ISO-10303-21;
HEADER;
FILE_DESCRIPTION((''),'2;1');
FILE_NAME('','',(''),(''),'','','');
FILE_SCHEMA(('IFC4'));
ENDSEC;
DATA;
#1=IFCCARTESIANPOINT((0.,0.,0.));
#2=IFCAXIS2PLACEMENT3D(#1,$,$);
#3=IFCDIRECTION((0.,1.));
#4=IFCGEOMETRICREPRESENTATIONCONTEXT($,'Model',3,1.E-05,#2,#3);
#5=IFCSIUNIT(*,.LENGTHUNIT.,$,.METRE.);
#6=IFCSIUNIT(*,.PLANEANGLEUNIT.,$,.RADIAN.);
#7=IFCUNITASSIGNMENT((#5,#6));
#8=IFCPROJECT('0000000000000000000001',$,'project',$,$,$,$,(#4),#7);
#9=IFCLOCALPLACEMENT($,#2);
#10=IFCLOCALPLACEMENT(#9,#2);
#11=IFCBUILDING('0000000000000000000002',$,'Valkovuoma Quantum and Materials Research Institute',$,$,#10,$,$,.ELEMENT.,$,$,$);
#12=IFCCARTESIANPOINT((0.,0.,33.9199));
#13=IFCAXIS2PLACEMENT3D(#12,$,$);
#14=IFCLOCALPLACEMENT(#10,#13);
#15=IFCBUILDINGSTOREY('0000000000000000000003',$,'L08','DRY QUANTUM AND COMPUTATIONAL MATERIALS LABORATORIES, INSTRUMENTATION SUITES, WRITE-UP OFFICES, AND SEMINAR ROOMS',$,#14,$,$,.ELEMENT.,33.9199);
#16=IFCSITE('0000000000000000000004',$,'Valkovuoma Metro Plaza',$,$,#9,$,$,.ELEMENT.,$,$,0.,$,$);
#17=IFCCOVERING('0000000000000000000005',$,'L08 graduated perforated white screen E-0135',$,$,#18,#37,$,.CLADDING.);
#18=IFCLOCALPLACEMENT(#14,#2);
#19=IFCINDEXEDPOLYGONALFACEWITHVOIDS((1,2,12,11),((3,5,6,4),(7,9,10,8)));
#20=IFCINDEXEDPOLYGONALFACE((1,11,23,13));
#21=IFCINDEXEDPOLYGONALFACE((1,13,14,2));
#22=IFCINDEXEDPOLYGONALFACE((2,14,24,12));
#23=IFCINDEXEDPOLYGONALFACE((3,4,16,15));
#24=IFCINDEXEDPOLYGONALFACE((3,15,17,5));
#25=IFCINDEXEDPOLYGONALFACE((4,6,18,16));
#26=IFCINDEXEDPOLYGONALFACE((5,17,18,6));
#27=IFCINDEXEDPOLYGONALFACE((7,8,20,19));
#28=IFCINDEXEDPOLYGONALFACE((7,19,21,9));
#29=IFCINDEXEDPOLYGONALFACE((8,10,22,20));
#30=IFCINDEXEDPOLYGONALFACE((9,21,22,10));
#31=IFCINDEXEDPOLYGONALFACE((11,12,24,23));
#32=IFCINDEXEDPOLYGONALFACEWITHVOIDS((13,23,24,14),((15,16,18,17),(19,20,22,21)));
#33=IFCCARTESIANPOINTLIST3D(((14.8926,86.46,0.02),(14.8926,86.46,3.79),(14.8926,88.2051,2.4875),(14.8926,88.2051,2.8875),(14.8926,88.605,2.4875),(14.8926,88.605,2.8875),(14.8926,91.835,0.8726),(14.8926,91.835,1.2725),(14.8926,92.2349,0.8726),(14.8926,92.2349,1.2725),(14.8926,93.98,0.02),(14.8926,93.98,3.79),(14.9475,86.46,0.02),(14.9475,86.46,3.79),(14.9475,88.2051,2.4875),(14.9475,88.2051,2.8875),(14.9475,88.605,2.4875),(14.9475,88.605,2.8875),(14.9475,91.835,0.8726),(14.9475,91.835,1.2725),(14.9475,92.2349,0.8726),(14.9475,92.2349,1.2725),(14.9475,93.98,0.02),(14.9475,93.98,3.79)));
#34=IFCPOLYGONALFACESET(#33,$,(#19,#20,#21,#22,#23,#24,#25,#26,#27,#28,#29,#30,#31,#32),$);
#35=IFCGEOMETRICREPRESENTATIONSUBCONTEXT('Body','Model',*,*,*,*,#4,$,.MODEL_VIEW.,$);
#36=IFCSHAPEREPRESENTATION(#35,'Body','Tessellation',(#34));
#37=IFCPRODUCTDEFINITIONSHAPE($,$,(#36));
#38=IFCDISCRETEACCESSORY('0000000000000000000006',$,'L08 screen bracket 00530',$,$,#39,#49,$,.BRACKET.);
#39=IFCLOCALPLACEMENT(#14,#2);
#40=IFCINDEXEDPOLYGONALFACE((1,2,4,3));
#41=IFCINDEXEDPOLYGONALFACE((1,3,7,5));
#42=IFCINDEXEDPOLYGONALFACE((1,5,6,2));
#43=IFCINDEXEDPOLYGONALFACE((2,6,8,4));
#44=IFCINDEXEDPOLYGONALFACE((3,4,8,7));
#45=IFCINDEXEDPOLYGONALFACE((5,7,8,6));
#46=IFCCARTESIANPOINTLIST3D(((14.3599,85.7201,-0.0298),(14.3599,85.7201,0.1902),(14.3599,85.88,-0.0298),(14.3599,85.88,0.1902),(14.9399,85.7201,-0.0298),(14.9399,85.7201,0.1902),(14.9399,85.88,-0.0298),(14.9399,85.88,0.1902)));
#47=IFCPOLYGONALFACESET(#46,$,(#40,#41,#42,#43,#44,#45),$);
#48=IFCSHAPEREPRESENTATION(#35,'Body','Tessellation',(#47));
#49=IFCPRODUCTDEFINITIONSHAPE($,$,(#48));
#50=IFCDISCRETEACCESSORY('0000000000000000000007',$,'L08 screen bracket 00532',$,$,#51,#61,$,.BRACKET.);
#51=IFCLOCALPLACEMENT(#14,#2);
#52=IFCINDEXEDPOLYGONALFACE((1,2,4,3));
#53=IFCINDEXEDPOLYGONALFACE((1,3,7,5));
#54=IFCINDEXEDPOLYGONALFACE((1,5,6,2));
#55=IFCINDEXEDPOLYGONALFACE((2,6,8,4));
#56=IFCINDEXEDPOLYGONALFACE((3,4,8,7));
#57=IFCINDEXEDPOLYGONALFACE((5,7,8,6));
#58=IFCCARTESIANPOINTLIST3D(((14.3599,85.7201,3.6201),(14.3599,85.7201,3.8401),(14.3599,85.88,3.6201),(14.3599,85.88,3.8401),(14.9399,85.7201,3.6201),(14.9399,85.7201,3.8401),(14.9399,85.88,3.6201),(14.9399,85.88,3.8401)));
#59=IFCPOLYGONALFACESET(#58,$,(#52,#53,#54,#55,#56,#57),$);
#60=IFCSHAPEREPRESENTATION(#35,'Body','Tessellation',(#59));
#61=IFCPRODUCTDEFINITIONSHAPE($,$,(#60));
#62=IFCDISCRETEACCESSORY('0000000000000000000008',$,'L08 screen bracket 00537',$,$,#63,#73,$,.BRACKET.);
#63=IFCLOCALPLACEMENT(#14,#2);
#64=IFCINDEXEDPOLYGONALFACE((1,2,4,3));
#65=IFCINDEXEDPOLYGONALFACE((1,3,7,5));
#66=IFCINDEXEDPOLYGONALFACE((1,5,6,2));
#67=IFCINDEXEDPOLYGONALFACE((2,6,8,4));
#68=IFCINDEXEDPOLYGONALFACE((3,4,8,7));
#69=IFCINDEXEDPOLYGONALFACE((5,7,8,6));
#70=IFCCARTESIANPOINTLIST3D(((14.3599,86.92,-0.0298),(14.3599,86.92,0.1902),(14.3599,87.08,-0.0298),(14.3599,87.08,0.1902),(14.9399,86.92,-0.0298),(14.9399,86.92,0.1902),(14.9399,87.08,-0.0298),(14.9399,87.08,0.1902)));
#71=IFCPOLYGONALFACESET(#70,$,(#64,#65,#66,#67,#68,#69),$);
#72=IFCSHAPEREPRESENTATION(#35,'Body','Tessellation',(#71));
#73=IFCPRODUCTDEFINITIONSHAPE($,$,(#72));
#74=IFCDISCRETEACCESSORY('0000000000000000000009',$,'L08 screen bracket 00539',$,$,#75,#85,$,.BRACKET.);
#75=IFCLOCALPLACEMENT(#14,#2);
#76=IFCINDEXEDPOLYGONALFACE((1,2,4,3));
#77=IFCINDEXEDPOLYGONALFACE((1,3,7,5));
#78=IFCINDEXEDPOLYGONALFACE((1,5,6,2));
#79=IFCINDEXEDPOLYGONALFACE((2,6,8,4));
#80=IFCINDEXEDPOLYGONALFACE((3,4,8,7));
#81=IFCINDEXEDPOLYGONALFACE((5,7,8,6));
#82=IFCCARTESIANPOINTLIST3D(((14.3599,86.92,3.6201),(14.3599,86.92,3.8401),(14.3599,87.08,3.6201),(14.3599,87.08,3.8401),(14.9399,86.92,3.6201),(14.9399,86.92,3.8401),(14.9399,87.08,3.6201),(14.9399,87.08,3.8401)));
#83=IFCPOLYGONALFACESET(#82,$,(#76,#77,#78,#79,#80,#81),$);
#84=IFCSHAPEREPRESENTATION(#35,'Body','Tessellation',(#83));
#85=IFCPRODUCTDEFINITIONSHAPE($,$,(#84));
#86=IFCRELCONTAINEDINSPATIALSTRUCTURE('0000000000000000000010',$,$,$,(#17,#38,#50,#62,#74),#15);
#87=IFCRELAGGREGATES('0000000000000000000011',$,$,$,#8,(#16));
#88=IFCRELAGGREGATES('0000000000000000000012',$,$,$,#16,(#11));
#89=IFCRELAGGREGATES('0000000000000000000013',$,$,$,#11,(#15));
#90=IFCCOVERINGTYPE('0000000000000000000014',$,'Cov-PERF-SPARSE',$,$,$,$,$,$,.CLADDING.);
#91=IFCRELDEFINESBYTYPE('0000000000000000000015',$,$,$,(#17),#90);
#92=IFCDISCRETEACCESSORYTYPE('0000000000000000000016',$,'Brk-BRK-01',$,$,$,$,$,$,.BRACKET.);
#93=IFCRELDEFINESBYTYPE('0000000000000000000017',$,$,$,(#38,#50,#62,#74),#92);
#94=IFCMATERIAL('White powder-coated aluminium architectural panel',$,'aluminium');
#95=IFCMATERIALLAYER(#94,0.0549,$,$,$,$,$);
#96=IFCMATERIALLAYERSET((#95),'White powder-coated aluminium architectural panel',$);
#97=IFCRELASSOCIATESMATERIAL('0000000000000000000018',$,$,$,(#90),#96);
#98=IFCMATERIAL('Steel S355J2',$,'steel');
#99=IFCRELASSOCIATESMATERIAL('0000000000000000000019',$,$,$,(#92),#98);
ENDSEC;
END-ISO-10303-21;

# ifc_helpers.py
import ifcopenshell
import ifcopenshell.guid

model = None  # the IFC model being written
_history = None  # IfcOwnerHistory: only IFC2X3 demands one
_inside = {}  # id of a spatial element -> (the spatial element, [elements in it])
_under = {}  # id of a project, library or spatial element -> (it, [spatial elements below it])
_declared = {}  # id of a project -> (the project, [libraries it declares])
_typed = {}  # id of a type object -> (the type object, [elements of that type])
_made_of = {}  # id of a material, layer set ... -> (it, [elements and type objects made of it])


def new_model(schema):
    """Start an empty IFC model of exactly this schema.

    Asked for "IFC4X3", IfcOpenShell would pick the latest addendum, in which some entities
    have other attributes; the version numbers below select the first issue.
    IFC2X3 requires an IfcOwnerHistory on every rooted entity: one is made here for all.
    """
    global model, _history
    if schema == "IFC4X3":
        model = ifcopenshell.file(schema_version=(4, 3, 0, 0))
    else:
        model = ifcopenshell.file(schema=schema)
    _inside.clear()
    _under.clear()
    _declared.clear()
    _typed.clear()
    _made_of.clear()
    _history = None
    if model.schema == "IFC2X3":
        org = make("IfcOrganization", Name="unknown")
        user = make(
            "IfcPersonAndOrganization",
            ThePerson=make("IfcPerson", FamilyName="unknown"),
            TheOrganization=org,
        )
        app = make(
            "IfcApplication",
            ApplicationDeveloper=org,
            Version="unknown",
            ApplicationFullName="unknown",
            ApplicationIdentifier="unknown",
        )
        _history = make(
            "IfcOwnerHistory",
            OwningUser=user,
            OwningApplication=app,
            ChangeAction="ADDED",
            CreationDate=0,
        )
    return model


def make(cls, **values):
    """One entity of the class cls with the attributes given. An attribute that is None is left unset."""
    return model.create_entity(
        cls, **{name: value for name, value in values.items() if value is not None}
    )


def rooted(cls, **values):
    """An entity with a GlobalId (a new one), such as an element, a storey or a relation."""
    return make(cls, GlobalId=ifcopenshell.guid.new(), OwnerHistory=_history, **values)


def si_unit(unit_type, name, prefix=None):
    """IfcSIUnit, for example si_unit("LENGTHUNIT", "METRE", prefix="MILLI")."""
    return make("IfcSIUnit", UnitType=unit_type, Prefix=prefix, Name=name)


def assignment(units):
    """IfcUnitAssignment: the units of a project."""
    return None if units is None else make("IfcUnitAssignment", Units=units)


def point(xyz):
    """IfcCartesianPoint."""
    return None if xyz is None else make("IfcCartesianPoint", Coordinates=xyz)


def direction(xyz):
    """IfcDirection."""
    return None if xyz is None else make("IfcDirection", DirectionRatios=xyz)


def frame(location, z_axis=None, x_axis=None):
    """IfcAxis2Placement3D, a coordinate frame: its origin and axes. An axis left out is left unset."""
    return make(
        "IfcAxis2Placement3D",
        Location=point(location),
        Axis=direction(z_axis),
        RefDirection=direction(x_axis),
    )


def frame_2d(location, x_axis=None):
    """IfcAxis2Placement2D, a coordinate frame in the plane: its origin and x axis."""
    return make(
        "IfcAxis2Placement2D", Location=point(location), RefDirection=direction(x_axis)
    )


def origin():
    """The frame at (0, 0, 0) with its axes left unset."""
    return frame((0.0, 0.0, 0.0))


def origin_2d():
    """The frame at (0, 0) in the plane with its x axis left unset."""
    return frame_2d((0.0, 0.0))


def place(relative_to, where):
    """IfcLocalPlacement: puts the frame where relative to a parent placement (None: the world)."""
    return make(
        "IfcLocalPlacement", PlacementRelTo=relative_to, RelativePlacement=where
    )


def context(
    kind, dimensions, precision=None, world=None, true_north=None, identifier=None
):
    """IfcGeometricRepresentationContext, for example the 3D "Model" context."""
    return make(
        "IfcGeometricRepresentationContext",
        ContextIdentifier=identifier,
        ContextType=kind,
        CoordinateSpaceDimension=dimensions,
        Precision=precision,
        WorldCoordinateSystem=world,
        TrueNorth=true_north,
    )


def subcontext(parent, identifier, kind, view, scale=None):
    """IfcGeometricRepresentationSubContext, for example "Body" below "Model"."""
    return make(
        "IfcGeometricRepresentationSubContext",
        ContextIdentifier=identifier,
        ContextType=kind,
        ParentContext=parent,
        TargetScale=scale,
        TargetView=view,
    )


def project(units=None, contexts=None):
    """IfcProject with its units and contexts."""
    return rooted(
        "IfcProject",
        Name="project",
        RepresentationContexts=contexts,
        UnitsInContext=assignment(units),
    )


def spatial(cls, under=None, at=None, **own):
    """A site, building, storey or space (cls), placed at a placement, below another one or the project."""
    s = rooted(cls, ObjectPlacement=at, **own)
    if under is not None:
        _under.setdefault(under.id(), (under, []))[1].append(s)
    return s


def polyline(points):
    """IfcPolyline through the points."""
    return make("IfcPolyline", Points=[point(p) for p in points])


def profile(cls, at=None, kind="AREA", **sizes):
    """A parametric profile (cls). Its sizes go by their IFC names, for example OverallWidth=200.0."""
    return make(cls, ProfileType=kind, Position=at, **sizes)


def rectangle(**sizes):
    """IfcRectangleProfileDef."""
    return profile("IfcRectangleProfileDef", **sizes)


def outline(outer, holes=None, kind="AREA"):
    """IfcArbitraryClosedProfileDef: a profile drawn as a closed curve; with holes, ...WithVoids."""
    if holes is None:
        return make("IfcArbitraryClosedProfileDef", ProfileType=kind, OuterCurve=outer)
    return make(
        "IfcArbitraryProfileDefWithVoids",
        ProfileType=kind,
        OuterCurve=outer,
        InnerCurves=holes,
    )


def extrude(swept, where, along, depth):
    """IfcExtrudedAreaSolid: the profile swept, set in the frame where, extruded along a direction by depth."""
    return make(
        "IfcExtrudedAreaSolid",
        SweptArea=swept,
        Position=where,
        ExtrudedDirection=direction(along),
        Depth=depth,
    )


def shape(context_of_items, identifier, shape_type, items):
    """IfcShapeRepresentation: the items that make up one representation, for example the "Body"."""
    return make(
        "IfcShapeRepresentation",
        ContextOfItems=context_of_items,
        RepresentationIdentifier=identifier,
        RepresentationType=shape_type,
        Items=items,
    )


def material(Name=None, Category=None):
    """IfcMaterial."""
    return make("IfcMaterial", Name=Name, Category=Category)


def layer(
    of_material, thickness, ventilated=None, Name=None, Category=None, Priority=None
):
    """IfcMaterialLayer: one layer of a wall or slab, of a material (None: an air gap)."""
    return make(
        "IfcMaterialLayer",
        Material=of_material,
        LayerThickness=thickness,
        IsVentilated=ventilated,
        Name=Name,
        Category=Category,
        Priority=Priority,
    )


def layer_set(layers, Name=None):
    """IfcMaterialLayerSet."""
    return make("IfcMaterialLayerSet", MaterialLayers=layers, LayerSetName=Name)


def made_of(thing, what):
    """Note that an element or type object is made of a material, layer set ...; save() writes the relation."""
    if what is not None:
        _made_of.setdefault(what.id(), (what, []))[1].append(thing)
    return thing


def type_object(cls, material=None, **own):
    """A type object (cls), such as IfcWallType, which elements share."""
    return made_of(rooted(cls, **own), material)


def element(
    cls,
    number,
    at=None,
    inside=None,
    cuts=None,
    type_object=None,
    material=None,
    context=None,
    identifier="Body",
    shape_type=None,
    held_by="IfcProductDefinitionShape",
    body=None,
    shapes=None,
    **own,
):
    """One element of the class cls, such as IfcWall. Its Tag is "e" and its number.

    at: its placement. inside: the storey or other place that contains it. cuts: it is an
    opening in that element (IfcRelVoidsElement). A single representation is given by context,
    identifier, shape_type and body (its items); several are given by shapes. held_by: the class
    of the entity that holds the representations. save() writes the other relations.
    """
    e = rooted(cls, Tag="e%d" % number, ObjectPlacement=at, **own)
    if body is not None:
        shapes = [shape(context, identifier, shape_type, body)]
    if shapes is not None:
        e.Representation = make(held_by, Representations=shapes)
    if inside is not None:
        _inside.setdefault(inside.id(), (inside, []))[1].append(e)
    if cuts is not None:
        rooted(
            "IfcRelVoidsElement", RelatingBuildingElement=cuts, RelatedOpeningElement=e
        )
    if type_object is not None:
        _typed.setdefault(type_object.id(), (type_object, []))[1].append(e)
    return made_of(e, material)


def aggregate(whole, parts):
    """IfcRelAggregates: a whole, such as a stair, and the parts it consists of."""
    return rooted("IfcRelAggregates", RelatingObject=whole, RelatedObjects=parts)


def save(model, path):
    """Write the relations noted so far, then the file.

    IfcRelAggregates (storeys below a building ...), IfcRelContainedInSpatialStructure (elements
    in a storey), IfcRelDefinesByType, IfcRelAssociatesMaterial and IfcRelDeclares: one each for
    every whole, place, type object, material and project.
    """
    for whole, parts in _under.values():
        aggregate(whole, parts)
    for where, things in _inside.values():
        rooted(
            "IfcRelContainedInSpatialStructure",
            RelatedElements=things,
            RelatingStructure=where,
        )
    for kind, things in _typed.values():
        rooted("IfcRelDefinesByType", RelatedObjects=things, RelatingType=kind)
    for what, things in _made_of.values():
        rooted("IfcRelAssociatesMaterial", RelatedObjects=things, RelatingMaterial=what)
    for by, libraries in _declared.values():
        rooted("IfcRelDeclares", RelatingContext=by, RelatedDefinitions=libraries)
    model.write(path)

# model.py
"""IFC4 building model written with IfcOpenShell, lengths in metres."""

from ifc_helpers import new_model, si_unit, direction, frame, origin, origin_2d, place, context, subcontext, project, spatial, polyline, rectangle, outline, extrude, material, layer, layer_set, type_object, element, save


model = new_model("IFC4")

# Units and contexts
model_context = context("Model", 3, precision=1e-05, world=origin(), true_north=direction((0.0, 1.0)))
body_context = subcontext(model_context, "Body", "Model", "MODEL_VIEW")
ifc_project = project(units=[si_unit("LENGTHUNIT", "METRE"), si_unit("PLANEANGLEUNIT", "RADIAN")], contexts=[model_context])

# Site, building, storey
site_placement = place(None, origin())
site = spatial("IfcSite", under=ifc_project, at=site_placement, Name="Valkovuoma Metro Plaza", CompositionType="ELEMENT", RefElevation=0.0)
building_placement = place(site_placement, origin())
building = spatial("IfcBuilding", under=site, at=building_placement, Name="Valkovuoma Quantum and Materials Research Institute", CompositionType="ELEMENT")
storey_placement = place(building_placement, frame((0.0, 0.0, 33.9199)))
storey = spatial("IfcBuildingStorey", under=building, at=storey_placement, Name="L08", Description="DRY QUANTUM AND COMPUTATIONAL MATERIALS LABORATORIES, INSTRUMENTATION SUITES, WRITE-UP OFFICES, AND SEMINAR ROOMS", CompositionType="ELEMENT", Elevation=33.9199)

# Covering
ifc_material_1 = material(Name="White powder-coated aluminium architectural panel", Category="aluminium")
ifc_layer_1 = layer(ifc_material_1, 0.0549)
ifc_layer_set_1 = layer_set([ifc_layer_1], Name="White powder-coated aluminium architectural panel")
covering_type = type_object("IfcCoveringType", Name="Cov-PERF-SPARSE", PredefinedType="CLADDING", material=ifc_layer_set_1)
covering_placement = place(storey_placement, frame((14.9199, 86.46, 0.02), z_axis=(0.0, 0.0, 1.0), x_axis=(0.0, 1.0, 0.0)))
element("IfcCovering", 1, at=covering_placement, inside=storey, type_object=covering_type, Name="L08 graduated perforated white screen E-0135", PredefinedType="CLADDING", context=body_context, shape_type="SweptSolid", body=[
    extrude(outline(polyline([(0.0, 0.0), (7.52, 0.0), (7.52, 3.77), (0.0, 3.77), (0.0, 0.0)]), holes=[polyline([(1.7451, 2.4675), (1.7451, 2.8674), (2.145, 2.8674), (2.145, 2.4675), (1.7451, 2.4675)]), polyline([(5.375, 0.8525), (5.375, 1.2524), (5.7749, 1.2524), (5.7749, 0.8525), (5.375, 0.8525)])]), frame((0.0, 0.0273, 0.0), z_axis=(0.0, -1.0, 0.0), x_axis=(1.0, 0.0, 0.0)), (0.0, 0.0, 1.0), 0.0549),
])

# Discrete accessories
ifc_material_2 = material(Name="Steel S355J2", Category="steel")
discrete_accessory_type = type_object("IfcDiscreteAccessoryType", Name="Brk-BRK-01", PredefinedType="BRACKET", material=ifc_material_2)
for number, where, z_axis, x_axis, name in (
    (2, (14.6499, 85.8, -0.0298), (0.0, 0.0, 1.0), (1.0, 0.0, 0.0), "L08 screen bracket 00530"),
    (3, (14.6499, 85.8, 3.6201), (0.0, 0.0, 1.0), (1.0, 0.0, 0.0), "L08 screen bracket 00532"),
    (4, (14.6499, 87.0, -0.0298), (0.0, 0.0, 1.0), (1.0, 0.0, 0.0), "L08 screen bracket 00537"),
    (5, (14.6499, 87.0, 3.6201), (0.0, 0.0, 1.0), (1.0, 0.0, 0.0), "L08 screen bracket 00539"),
):
    element("IfcDiscreteAccessory", number, at=place(storey_placement, frame(where, z_axis=z_axis, x_axis=x_axis)), inside=storey, type_object=discrete_accessory_type, Name=name, PredefinedType="BRACKET", context=body_context, shape_type="SweptSolid", body=[
        extrude(rectangle(XDim=0.5801, YDim=0.1599, at=origin_2d()), origin(), (0.0, 0.0, 1.0), 0.22),
    ])

save(model, "model.ifc")
